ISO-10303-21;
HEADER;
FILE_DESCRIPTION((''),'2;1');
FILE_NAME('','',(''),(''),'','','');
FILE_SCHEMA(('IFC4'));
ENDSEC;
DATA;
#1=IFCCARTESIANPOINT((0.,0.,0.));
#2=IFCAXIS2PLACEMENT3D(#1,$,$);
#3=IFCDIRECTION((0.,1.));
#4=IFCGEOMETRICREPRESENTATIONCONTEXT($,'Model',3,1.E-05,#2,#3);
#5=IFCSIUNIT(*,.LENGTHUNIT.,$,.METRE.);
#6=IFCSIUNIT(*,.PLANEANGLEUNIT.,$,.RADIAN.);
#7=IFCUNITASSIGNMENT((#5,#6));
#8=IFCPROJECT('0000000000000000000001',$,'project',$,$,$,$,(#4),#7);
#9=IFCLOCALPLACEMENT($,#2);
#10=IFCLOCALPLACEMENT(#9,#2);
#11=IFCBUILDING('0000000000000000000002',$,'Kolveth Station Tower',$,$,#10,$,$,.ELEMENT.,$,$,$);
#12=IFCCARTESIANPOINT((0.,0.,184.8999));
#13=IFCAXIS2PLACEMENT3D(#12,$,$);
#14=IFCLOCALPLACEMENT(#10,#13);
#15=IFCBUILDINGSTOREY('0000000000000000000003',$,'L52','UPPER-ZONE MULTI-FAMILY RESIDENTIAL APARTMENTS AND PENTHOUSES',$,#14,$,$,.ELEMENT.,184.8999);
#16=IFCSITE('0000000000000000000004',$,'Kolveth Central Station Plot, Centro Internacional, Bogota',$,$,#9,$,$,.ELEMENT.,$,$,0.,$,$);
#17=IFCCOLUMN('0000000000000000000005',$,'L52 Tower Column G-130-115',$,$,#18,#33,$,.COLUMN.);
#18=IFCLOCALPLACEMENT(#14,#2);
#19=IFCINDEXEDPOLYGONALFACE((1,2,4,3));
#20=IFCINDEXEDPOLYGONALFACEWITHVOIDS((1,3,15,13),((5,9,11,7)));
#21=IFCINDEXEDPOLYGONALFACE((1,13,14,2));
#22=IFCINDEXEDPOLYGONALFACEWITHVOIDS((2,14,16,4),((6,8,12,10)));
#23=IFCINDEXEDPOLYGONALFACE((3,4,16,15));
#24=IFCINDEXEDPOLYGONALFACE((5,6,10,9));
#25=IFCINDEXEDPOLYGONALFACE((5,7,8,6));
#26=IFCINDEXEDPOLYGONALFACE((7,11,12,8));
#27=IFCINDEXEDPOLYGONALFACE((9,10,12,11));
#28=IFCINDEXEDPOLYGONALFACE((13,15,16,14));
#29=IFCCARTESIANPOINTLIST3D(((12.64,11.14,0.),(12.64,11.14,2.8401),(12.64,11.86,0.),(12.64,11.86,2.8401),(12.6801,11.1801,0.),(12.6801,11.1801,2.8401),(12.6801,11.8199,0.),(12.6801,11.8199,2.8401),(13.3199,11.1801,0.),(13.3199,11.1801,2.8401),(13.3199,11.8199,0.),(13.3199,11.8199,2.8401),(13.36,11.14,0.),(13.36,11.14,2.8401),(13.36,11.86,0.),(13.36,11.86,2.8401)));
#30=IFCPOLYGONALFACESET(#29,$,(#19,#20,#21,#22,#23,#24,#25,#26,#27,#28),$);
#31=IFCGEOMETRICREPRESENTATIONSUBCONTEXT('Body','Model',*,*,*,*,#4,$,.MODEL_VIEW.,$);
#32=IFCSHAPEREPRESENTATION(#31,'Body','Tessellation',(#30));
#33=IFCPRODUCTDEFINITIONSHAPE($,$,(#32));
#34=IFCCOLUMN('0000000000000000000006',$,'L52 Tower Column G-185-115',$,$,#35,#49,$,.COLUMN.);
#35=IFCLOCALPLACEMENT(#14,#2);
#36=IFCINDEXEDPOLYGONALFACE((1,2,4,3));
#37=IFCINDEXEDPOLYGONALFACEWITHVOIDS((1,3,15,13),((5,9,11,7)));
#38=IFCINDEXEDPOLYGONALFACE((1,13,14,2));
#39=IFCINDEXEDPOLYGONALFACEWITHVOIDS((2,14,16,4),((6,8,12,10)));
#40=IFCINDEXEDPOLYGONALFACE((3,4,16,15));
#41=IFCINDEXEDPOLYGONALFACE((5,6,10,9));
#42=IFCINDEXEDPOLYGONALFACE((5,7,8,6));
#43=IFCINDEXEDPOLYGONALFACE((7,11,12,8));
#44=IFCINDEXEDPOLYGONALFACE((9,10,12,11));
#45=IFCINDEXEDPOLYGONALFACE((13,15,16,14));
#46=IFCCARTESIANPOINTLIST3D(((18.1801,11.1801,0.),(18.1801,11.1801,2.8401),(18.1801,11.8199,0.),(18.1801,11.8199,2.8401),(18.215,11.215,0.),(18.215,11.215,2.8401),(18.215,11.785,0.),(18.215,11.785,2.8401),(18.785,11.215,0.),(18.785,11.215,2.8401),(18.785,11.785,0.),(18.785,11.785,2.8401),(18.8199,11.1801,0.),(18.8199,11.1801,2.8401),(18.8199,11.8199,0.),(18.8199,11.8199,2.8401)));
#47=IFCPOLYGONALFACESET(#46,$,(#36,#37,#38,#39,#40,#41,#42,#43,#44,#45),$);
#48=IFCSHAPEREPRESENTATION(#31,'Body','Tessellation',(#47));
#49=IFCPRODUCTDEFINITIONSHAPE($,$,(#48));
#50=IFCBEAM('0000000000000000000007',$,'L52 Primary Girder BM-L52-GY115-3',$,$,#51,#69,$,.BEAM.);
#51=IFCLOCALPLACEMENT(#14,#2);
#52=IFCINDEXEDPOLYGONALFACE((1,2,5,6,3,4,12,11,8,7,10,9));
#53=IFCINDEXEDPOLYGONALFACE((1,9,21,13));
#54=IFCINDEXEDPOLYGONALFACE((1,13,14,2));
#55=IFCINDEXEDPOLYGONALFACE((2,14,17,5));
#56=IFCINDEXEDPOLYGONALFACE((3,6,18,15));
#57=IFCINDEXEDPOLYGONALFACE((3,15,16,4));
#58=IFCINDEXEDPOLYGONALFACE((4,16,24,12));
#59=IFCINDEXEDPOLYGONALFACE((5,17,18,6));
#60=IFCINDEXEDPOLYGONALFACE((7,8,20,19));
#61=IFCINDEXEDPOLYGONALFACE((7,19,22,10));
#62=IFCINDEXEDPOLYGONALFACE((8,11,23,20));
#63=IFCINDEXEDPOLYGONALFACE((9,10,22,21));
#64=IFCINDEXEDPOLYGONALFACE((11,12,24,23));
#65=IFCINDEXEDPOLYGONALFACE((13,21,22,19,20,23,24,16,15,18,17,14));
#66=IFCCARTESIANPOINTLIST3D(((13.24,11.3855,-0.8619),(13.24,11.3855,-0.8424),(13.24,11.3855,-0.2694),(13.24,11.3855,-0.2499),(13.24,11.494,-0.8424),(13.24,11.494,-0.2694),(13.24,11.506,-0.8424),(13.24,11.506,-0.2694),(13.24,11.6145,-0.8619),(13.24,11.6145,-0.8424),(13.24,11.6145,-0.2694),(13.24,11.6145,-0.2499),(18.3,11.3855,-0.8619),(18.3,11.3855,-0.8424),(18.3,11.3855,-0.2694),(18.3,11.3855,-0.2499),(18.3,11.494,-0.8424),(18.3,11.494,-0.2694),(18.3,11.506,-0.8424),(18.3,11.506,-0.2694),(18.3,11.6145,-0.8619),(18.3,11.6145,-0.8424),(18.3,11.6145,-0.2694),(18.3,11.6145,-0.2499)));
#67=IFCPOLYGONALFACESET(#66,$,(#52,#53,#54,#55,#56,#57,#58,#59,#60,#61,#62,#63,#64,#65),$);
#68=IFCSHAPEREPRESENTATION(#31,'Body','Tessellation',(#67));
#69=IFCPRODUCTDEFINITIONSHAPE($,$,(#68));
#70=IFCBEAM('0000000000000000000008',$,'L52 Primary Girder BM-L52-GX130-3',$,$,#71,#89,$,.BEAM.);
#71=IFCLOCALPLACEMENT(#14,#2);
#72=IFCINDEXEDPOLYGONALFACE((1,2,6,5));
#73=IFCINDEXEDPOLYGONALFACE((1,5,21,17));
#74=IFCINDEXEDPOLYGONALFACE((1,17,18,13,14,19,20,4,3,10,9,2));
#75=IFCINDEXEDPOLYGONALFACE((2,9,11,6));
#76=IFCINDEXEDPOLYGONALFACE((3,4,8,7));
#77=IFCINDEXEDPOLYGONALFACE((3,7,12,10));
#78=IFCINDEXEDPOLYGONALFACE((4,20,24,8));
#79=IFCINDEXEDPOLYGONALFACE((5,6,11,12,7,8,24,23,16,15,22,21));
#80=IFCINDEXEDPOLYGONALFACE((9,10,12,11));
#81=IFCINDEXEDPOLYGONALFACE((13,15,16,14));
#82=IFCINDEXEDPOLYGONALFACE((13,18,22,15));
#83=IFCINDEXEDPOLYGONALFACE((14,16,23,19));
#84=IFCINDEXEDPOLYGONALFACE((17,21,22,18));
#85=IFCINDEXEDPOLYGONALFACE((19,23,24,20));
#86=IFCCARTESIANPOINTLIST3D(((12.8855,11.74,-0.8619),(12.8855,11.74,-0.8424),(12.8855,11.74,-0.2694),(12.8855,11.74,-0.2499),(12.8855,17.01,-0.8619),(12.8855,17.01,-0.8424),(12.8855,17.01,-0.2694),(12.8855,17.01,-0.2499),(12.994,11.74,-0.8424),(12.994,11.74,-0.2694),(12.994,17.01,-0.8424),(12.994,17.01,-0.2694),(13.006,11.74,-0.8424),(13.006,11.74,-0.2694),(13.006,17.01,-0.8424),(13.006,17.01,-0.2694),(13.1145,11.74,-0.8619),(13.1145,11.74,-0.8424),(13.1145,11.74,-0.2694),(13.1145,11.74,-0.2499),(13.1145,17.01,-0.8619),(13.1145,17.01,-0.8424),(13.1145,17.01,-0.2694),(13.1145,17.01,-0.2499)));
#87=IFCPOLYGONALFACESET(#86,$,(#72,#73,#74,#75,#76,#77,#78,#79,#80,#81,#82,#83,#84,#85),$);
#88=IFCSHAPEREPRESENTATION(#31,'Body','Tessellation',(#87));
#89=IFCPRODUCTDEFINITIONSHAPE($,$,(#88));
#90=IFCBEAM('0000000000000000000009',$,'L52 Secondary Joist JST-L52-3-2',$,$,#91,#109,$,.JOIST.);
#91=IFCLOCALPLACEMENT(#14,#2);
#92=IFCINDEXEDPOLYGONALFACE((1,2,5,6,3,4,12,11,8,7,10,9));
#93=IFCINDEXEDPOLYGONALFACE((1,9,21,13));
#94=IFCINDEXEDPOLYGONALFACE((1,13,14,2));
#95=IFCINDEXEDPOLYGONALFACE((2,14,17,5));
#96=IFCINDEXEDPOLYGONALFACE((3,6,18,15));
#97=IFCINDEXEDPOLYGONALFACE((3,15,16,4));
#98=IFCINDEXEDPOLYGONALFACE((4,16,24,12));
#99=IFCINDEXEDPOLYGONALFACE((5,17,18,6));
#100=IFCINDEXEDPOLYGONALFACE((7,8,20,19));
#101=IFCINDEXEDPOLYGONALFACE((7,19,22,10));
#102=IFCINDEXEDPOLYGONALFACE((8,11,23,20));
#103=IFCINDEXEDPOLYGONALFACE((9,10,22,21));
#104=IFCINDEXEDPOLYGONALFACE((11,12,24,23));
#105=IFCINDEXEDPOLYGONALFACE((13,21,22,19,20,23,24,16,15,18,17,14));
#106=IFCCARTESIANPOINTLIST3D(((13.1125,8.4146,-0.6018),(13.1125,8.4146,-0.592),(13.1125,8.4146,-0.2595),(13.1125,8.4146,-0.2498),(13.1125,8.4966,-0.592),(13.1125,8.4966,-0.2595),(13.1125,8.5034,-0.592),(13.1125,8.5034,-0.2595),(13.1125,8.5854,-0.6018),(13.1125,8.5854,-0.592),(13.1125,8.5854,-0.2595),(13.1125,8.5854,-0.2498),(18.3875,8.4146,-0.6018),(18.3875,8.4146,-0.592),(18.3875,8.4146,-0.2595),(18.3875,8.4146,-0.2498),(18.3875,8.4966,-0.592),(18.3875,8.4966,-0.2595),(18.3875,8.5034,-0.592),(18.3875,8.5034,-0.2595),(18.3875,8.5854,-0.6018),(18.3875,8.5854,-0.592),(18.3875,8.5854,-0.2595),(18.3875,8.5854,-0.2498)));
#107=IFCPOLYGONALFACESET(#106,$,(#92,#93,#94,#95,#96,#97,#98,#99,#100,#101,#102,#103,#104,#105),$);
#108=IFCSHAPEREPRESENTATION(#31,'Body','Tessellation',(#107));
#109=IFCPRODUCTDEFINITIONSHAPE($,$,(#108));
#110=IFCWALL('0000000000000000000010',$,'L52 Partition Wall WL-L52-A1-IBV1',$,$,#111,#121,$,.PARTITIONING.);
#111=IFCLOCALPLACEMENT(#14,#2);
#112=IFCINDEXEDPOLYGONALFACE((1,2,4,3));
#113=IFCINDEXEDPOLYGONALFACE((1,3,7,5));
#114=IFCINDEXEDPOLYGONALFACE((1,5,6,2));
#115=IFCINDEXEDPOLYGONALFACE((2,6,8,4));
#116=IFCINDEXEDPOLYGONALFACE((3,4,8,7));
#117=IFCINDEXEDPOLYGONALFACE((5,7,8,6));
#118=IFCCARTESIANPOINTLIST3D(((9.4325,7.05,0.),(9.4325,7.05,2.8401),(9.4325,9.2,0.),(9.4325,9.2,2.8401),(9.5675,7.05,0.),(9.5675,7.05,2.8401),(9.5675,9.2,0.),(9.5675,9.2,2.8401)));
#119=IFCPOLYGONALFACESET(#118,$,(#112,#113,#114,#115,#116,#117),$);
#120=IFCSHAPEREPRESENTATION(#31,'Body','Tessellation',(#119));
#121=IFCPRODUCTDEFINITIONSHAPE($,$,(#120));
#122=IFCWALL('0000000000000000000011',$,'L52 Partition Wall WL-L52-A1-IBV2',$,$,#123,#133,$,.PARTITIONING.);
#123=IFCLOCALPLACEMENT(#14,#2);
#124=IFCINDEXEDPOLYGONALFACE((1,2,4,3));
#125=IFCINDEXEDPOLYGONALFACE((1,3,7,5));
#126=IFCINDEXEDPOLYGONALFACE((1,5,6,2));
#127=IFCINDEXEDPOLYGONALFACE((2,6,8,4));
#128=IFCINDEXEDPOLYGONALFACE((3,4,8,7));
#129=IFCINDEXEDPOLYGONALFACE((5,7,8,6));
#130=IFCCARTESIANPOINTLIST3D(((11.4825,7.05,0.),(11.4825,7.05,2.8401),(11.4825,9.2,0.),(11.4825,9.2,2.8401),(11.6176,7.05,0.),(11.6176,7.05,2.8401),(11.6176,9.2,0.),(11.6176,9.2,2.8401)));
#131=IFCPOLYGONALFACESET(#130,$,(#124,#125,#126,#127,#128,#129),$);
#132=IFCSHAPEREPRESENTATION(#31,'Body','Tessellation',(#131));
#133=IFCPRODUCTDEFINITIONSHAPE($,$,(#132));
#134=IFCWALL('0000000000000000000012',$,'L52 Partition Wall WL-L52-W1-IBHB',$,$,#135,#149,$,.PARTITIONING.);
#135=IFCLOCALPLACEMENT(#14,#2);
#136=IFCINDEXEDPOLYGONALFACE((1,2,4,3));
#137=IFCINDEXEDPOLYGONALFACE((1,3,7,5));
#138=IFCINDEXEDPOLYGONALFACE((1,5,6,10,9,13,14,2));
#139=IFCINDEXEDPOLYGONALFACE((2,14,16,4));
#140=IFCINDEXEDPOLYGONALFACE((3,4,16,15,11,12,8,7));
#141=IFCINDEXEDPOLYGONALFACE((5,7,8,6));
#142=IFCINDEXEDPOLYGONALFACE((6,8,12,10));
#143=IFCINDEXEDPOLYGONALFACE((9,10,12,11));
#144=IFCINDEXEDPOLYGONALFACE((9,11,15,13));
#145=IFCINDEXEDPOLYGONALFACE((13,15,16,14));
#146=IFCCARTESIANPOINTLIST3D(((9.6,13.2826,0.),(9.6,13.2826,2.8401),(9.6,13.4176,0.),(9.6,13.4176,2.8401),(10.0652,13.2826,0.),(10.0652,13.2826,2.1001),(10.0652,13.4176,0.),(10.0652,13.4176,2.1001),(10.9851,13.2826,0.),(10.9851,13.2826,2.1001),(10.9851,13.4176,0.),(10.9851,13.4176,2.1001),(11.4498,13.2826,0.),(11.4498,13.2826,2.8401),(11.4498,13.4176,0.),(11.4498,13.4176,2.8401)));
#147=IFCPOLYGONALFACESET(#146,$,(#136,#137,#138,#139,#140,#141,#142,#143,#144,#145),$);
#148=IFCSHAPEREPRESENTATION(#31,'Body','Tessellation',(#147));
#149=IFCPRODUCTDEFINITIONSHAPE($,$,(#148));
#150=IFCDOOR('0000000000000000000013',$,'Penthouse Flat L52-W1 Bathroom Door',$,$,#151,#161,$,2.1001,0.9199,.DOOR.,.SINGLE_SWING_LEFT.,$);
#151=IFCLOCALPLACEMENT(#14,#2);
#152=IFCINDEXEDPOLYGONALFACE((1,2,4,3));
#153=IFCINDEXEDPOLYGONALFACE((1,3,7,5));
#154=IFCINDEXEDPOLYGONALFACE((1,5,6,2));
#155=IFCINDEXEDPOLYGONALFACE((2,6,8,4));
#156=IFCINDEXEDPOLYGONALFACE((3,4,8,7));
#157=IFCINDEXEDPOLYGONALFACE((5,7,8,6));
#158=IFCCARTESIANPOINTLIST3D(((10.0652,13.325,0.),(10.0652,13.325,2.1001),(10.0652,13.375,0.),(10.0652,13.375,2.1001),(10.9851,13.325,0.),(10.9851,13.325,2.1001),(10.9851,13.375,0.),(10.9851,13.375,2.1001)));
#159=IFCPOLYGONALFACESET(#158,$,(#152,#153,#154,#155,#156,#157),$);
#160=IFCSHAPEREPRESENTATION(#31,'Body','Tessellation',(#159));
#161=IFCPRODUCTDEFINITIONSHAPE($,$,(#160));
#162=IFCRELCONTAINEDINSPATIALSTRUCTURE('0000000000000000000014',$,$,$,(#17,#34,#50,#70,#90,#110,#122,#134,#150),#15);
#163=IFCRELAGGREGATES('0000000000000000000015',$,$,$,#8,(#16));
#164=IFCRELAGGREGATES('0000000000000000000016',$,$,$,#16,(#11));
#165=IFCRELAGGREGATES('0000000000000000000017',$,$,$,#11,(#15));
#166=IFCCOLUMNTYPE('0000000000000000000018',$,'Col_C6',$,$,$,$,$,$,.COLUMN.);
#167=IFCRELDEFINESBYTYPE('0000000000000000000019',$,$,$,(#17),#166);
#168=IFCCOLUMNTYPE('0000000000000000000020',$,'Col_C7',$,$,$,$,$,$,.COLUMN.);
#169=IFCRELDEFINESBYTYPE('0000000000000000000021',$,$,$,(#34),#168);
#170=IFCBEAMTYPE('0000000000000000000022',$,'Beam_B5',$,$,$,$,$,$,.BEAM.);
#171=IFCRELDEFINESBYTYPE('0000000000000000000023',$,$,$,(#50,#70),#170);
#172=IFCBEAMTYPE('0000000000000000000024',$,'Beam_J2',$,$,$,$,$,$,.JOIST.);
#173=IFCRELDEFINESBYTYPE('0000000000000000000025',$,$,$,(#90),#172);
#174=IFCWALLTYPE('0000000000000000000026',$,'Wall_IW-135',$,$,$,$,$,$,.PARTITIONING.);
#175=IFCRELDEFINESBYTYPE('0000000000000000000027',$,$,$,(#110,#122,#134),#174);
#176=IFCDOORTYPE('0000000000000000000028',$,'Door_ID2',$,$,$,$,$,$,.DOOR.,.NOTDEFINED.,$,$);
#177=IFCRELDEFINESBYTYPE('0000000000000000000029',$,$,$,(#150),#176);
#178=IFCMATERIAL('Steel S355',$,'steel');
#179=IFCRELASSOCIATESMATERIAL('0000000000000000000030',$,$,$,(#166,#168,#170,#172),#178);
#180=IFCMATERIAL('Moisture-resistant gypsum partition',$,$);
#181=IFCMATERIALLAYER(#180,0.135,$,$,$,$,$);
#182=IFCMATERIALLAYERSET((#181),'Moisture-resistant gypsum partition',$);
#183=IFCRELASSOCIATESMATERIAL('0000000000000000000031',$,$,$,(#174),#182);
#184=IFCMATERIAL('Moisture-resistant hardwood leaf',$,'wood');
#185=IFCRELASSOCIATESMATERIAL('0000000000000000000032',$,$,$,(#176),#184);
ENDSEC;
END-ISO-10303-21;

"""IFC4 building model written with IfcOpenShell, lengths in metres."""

from ifc_helpers import new_model, si_unit, direction, frame, frame_2d, origin, origin_2d, place, context, subcontext, project, spatial, rectangle, hollow_rectangle, i_section, extrude, source, transform, mapped, material, layer, layer_set, material_profile, profile_set, type_object, element, fill, save


model = new_model("IFC4")

# Units and contexts
model_context = context("Model", 3, precision=1e-05, world=origin(), true_north=direction((0.0, 1.0)))
body_context = subcontext(model_context, "Body", "Model", "MODEL_VIEW")
ifc_project = project(units=[si_unit("LENGTHUNIT", "METRE"), si_unit("PLANEANGLEUNIT", "RADIAN")], contexts=[model_context])

# Site, building, storey
site_placement = place(None, origin())
site = spatial("IfcSite", under=ifc_project, at=site_placement, Name="Kolveth Central Station Plot, Centro Internacional, Bogota", CompositionType="ELEMENT", RefElevation=0.0)
building_placement = place(site_placement, origin())
building = spatial("IfcBuilding", under=site, at=building_placement, Name="Kolveth Station Tower", CompositionType="ELEMENT")
storey_placement = place(building_placement, frame((0.0, 0.0, 184.8999)))
storey = spatial("IfcBuildingStorey", under=building, at=storey_placement, Name="L52", Description="UPPER-ZONE MULTI-FAMILY RESIDENTIAL APARTMENTS AND PENTHOUSES", CompositionType="ELEMENT", Elevation=184.8999)

# Columns
ifc_material_1 = material(Name="Steel S355", Category="steel")
ifc_material_profile_1 = material_profile(ifc_material_1, hollow_rectangle(XDim=0.72, YDim=0.72, WallThickness=0.04, at=origin_2d()), Name="BOX720x720x40")
ifc_profile_set_1 = profile_set([ifc_material_profile_1], Name="Steel S355")
column_type_1 = type_object("IfcColumnType", Name="Col_C6", PredefinedType="COLUMN", material=ifc_profile_set_1)
shared_shape_1 = source(origin(), body_context, "Body", "SweptSolid", [
    extrude(hollow_rectangle(XDim=0.72, YDim=0.72, WallThickness=0.04, at=origin_2d()), origin(), (0.0, 0.0, 1.0), 2.8401),
])
column_1_placement = place(storey_placement, frame((13.0, 11.5, 0.0), z_axis=(0.0, 0.0, 1.0), x_axis=(1.0, 0.0, 0.0)))
element("IfcColumn", 1, at=column_1_placement, inside=storey, type_object=column_type_1, Name="L52 Tower Column G-130-115", PredefinedType="COLUMN", context=body_context, shape_type="MappedRepresentation", body=[
    mapped(shared_shape_1, transform((0.0, 0.0, 0.0), x_axis=(1.0, 0.0, 0.0), y_axis=(0.0, 1.0, 0.0), z_axis=(0.0, 0.0, 1.0), scale=1.0)),
])
ifc_material_profile_2 = material_profile(ifc_material_1, hollow_rectangle(XDim=0.6399, YDim=0.6399, WallThickness=0.0349, at=origin_2d()), Name="BOX640x640x35")
ifc_profile_set_2 = profile_set([ifc_material_profile_2], Name="Steel S355")
column_type_2 = type_object("IfcColumnType", Name="Col_C7", PredefinedType="COLUMN", material=ifc_profile_set_2)
shared_shape_2 = source(origin(), body_context, "Body", "SweptSolid", [
    extrude(hollow_rectangle(XDim=0.6399, YDim=0.6399, WallThickness=0.0349, at=origin_2d()), origin(), (0.0, 0.0, 1.0), 2.8401),
])
column_2_placement = place(storey_placement, frame((18.5, 11.5, 0.0), z_axis=(0.0, 0.0, 1.0), x_axis=(1.0, 0.0, 0.0)))
element("IfcColumn", 2, at=column_2_placement, inside=storey, type_object=column_type_2, Name="L52 Tower Column G-185-115", PredefinedType="COLUMN", context=body_context, shape_type="MappedRepresentation", body=[
    mapped(shared_shape_2, transform((0.0, 0.0, 0.0), x_axis=(1.0, 0.0, 0.0), y_axis=(0.0, 1.0, 0.0), z_axis=(0.0, 0.0, 1.0), scale=1.0)),
])

# Beams
ifc_material_profile_3 = material_profile(ifc_material_1, i_section(OverallWidth=0.229, OverallDepth=0.6121, WebThickness=0.012, FlangeThickness=0.0195, at=origin_2d()), Name="W610x125")
ifc_profile_set_3 = profile_set([ifc_material_profile_3], Name="Steel S355")
beam_type_1 = type_object("IfcBeamType", Name="Beam_B5", PredefinedType="BEAM", material=ifc_profile_set_3)
shared_shape_3 = source(origin(), body_context, "Body", "SweptSolid", [
    extrude(i_section(OverallWidth=0.229, OverallDepth=0.6121, WebThickness=0.012, FlangeThickness=0.0195, at=origin_2d()), origin(), (0.0, 0.0, 1.0), 5.0601),
])
beam_1_placement = place(storey_placement, frame((13.24, 11.5, -0.5559), z_axis=(1.0, 0.0, 0.0), x_axis=(0.0, 1.0, 0.0)))
element("IfcBeam", 3, at=beam_1_placement, inside=storey, type_object=beam_type_1, Name="L52 Primary Girder BM-L52-GY115-3", PredefinedType="BEAM", context=body_context, shape_type="MappedRepresentation", body=[
    mapped(shared_shape_3, transform((0.0, 0.0, 0.0), x_axis=(1.0, 0.0, 0.0), y_axis=(0.0, 1.0, 0.0), z_axis=(0.0, 0.0, 1.0), scale=1.0)),
])
shared_shape_4 = source(origin(), body_context, "Body", "SweptSolid", [
    extrude(i_section(OverallWidth=0.229, OverallDepth=0.6121, WebThickness=0.012, FlangeThickness=0.0195, at=origin_2d()), origin(), (0.0, 0.0, 1.0), 5.27),
])
beam_2_placement = place(storey_placement, frame((13.0, 11.74, -0.5559), z_axis=(0.0, 1.0, 0.0), x_axis=(-1.0, 0.0, 0.0)))
element("IfcBeam", 4, at=beam_2_placement, inside=storey, type_object=beam_type_1, Name="L52 Primary Girder BM-L52-GX130-3", PredefinedType="BEAM", context=body_context, shape_type="MappedRepresentation", body=[
    mapped(shared_shape_4, transform((0.0, 0.0, 0.0), x_axis=(1.0, 0.0, 0.0), y_axis=(0.0, 1.0, 0.0), z_axis=(0.0, 0.0, 1.0), scale=1.0)),
])
ifc_material_profile_4 = material_profile(ifc_material_1, i_section(OverallWidth=0.1709, OverallDepth=0.3521, WebThickness=0.0068, FlangeThickness=0.0098, at=origin_2d()), Name="W360x44")
ifc_profile_set_4 = profile_set([ifc_material_profile_4], Name="Steel S355")
beam_type_2 = type_object("IfcBeamType", Name="Beam_J2", PredefinedType="JOIST", material=ifc_profile_set_4)
shared_shape_5 = source(origin(), body_context, "Body", "SweptSolid", [
    extrude(i_section(OverallWidth=0.1709, OverallDepth=0.3521, WebThickness=0.0068, FlangeThickness=0.0098, at=origin_2d()), origin(), (0.0, 0.0, 1.0), 5.2749),
])
beam_3_placement = place(storey_placement, frame((13.1125, 8.5, -0.4258), z_axis=(1.0, 0.0, 0.0), x_axis=(0.0, 1.0, 0.0)))
element("IfcBeam", 5, at=beam_3_placement, inside=storey, type_object=beam_type_2, Name="L52 Secondary Joist JST-L52-3-2", PredefinedType="JOIST", context=body_context, shape_type="MappedRepresentation", body=[
    mapped(shared_shape_5, transform((0.0, 0.0, 0.0), x_axis=(1.0, 0.0, 0.0), y_axis=(0.0, 1.0, 0.0), z_axis=(0.0, 0.0, 1.0), scale=1.0)),
])

# Walls
ifc_material_2 = material(Name="Moisture-resistant gypsum partition")
ifc_layer_1 = layer(ifc_material_2, 0.135)
ifc_layer_set_1 = layer_set([ifc_layer_1], Name="Moisture-resistant gypsum partition")
wall_type_1 = type_object("IfcWallType", Name="Wall_IW-135", PredefinedType="PARTITIONING", material=ifc_layer_set_1)
for number, where, z_axis, x_axis, name in (
    (6, (9.5, 7.05, 0.0), (0.0, 0.0, 1.0), (0.0, 1.0, 0.0), "L52 Partition Wall WL-L52-A1-IBV1"),
    (7, (11.55, 7.05, 0.0), (0.0, 0.0, 1.0), (0.0, 1.0, 0.0), "L52 Partition Wall WL-L52-A1-IBV2"),
):
    element("IfcWall", number, at=place(storey_placement, frame(where, z_axis=z_axis, x_axis=x_axis)), inside=storey, type_object=wall_type_1, Name=name, PredefinedType="PARTITIONING", context=body_context, shape_type="SweptSolid", body=[
        extrude(rectangle(XDim=2.1499, YDim=0.135, at=frame_2d((1.075, 0.0))), origin(), (0.0, 0.0, 1.0), 2.8401),
    ])

# Wall, opening, door
wall_1_placement = place(storey_placement, frame((9.6001, 13.3501, 0.0), z_axis=(0.0, 0.0, 1.0), x_axis=(1.0, 0.0, 0.0)))
wall_1 = element("IfcWall", 8, at=wall_1_placement, inside=storey, type_object=wall_type_1, Name="L52 Partition Wall WL-L52-W1-IBHB", PredefinedType="PARTITIONING", context=body_context, shape_type="SweptSolid", body=[
    extrude(rectangle(XDim=1.8499, YDim=0.135, at=frame_2d((0.9248, 0.0))), origin(), (0.0, 0.0, 1.0), 2.8401),
])
opening_1_placement = place(wall_1_placement, frame((0.4651, 0.0, 0.0)))
opening_1 = element("IfcOpeningElement", 9, at=opening_1_placement, cuts=wall_1, PredefinedType="OPENING", context=body_context, shape_type="SweptSolid", body=[
    extrude(rectangle(XDim=0.9199, YDim=2.1001, at=frame_2d((0.46, 1.05))), frame((0.0, 0.0774, 0.0), z_axis=(0.0, -1.0, 0.0), x_axis=(1.0, 0.0, 0.0)), (0.0, 0.0, 1.0), 0.155),
])
ifc_material_3 = material(Name="Moisture-resistant hardwood leaf", Category="wood")
door_type_1 = type_object("IfcDoorType", Name="Door_ID2", OperationType="NOTDEFINED", PredefinedType="DOOR", material=ifc_material_3)
door_1_placement = place(opening_1_placement, origin())
door_1 = element("IfcDoor", 10, at=door_1_placement, inside=storey, type_object=door_type_1, Name="Penthouse Flat L52-W1 Bathroom Door", OperationType="SINGLE_SWING_LEFT", OverallHeight=2.1001, OverallWidth=0.9199, PredefinedType="DOOR", context=body_context, shape_type="SweptSolid", body=[
    extrude(rectangle(XDim=0.9199, YDim=2.1001, at=frame_2d((0.46, 1.05))), frame((0.0, 0.0249, 0.0), z_axis=(0.0, -1.0, 0.0), x_axis=(1.0, 0.0, 0.0)), (0.0, 0.0, 1.0), 0.05),
])
fill(opening_1, door_1)

save(model, "model.ifc")
